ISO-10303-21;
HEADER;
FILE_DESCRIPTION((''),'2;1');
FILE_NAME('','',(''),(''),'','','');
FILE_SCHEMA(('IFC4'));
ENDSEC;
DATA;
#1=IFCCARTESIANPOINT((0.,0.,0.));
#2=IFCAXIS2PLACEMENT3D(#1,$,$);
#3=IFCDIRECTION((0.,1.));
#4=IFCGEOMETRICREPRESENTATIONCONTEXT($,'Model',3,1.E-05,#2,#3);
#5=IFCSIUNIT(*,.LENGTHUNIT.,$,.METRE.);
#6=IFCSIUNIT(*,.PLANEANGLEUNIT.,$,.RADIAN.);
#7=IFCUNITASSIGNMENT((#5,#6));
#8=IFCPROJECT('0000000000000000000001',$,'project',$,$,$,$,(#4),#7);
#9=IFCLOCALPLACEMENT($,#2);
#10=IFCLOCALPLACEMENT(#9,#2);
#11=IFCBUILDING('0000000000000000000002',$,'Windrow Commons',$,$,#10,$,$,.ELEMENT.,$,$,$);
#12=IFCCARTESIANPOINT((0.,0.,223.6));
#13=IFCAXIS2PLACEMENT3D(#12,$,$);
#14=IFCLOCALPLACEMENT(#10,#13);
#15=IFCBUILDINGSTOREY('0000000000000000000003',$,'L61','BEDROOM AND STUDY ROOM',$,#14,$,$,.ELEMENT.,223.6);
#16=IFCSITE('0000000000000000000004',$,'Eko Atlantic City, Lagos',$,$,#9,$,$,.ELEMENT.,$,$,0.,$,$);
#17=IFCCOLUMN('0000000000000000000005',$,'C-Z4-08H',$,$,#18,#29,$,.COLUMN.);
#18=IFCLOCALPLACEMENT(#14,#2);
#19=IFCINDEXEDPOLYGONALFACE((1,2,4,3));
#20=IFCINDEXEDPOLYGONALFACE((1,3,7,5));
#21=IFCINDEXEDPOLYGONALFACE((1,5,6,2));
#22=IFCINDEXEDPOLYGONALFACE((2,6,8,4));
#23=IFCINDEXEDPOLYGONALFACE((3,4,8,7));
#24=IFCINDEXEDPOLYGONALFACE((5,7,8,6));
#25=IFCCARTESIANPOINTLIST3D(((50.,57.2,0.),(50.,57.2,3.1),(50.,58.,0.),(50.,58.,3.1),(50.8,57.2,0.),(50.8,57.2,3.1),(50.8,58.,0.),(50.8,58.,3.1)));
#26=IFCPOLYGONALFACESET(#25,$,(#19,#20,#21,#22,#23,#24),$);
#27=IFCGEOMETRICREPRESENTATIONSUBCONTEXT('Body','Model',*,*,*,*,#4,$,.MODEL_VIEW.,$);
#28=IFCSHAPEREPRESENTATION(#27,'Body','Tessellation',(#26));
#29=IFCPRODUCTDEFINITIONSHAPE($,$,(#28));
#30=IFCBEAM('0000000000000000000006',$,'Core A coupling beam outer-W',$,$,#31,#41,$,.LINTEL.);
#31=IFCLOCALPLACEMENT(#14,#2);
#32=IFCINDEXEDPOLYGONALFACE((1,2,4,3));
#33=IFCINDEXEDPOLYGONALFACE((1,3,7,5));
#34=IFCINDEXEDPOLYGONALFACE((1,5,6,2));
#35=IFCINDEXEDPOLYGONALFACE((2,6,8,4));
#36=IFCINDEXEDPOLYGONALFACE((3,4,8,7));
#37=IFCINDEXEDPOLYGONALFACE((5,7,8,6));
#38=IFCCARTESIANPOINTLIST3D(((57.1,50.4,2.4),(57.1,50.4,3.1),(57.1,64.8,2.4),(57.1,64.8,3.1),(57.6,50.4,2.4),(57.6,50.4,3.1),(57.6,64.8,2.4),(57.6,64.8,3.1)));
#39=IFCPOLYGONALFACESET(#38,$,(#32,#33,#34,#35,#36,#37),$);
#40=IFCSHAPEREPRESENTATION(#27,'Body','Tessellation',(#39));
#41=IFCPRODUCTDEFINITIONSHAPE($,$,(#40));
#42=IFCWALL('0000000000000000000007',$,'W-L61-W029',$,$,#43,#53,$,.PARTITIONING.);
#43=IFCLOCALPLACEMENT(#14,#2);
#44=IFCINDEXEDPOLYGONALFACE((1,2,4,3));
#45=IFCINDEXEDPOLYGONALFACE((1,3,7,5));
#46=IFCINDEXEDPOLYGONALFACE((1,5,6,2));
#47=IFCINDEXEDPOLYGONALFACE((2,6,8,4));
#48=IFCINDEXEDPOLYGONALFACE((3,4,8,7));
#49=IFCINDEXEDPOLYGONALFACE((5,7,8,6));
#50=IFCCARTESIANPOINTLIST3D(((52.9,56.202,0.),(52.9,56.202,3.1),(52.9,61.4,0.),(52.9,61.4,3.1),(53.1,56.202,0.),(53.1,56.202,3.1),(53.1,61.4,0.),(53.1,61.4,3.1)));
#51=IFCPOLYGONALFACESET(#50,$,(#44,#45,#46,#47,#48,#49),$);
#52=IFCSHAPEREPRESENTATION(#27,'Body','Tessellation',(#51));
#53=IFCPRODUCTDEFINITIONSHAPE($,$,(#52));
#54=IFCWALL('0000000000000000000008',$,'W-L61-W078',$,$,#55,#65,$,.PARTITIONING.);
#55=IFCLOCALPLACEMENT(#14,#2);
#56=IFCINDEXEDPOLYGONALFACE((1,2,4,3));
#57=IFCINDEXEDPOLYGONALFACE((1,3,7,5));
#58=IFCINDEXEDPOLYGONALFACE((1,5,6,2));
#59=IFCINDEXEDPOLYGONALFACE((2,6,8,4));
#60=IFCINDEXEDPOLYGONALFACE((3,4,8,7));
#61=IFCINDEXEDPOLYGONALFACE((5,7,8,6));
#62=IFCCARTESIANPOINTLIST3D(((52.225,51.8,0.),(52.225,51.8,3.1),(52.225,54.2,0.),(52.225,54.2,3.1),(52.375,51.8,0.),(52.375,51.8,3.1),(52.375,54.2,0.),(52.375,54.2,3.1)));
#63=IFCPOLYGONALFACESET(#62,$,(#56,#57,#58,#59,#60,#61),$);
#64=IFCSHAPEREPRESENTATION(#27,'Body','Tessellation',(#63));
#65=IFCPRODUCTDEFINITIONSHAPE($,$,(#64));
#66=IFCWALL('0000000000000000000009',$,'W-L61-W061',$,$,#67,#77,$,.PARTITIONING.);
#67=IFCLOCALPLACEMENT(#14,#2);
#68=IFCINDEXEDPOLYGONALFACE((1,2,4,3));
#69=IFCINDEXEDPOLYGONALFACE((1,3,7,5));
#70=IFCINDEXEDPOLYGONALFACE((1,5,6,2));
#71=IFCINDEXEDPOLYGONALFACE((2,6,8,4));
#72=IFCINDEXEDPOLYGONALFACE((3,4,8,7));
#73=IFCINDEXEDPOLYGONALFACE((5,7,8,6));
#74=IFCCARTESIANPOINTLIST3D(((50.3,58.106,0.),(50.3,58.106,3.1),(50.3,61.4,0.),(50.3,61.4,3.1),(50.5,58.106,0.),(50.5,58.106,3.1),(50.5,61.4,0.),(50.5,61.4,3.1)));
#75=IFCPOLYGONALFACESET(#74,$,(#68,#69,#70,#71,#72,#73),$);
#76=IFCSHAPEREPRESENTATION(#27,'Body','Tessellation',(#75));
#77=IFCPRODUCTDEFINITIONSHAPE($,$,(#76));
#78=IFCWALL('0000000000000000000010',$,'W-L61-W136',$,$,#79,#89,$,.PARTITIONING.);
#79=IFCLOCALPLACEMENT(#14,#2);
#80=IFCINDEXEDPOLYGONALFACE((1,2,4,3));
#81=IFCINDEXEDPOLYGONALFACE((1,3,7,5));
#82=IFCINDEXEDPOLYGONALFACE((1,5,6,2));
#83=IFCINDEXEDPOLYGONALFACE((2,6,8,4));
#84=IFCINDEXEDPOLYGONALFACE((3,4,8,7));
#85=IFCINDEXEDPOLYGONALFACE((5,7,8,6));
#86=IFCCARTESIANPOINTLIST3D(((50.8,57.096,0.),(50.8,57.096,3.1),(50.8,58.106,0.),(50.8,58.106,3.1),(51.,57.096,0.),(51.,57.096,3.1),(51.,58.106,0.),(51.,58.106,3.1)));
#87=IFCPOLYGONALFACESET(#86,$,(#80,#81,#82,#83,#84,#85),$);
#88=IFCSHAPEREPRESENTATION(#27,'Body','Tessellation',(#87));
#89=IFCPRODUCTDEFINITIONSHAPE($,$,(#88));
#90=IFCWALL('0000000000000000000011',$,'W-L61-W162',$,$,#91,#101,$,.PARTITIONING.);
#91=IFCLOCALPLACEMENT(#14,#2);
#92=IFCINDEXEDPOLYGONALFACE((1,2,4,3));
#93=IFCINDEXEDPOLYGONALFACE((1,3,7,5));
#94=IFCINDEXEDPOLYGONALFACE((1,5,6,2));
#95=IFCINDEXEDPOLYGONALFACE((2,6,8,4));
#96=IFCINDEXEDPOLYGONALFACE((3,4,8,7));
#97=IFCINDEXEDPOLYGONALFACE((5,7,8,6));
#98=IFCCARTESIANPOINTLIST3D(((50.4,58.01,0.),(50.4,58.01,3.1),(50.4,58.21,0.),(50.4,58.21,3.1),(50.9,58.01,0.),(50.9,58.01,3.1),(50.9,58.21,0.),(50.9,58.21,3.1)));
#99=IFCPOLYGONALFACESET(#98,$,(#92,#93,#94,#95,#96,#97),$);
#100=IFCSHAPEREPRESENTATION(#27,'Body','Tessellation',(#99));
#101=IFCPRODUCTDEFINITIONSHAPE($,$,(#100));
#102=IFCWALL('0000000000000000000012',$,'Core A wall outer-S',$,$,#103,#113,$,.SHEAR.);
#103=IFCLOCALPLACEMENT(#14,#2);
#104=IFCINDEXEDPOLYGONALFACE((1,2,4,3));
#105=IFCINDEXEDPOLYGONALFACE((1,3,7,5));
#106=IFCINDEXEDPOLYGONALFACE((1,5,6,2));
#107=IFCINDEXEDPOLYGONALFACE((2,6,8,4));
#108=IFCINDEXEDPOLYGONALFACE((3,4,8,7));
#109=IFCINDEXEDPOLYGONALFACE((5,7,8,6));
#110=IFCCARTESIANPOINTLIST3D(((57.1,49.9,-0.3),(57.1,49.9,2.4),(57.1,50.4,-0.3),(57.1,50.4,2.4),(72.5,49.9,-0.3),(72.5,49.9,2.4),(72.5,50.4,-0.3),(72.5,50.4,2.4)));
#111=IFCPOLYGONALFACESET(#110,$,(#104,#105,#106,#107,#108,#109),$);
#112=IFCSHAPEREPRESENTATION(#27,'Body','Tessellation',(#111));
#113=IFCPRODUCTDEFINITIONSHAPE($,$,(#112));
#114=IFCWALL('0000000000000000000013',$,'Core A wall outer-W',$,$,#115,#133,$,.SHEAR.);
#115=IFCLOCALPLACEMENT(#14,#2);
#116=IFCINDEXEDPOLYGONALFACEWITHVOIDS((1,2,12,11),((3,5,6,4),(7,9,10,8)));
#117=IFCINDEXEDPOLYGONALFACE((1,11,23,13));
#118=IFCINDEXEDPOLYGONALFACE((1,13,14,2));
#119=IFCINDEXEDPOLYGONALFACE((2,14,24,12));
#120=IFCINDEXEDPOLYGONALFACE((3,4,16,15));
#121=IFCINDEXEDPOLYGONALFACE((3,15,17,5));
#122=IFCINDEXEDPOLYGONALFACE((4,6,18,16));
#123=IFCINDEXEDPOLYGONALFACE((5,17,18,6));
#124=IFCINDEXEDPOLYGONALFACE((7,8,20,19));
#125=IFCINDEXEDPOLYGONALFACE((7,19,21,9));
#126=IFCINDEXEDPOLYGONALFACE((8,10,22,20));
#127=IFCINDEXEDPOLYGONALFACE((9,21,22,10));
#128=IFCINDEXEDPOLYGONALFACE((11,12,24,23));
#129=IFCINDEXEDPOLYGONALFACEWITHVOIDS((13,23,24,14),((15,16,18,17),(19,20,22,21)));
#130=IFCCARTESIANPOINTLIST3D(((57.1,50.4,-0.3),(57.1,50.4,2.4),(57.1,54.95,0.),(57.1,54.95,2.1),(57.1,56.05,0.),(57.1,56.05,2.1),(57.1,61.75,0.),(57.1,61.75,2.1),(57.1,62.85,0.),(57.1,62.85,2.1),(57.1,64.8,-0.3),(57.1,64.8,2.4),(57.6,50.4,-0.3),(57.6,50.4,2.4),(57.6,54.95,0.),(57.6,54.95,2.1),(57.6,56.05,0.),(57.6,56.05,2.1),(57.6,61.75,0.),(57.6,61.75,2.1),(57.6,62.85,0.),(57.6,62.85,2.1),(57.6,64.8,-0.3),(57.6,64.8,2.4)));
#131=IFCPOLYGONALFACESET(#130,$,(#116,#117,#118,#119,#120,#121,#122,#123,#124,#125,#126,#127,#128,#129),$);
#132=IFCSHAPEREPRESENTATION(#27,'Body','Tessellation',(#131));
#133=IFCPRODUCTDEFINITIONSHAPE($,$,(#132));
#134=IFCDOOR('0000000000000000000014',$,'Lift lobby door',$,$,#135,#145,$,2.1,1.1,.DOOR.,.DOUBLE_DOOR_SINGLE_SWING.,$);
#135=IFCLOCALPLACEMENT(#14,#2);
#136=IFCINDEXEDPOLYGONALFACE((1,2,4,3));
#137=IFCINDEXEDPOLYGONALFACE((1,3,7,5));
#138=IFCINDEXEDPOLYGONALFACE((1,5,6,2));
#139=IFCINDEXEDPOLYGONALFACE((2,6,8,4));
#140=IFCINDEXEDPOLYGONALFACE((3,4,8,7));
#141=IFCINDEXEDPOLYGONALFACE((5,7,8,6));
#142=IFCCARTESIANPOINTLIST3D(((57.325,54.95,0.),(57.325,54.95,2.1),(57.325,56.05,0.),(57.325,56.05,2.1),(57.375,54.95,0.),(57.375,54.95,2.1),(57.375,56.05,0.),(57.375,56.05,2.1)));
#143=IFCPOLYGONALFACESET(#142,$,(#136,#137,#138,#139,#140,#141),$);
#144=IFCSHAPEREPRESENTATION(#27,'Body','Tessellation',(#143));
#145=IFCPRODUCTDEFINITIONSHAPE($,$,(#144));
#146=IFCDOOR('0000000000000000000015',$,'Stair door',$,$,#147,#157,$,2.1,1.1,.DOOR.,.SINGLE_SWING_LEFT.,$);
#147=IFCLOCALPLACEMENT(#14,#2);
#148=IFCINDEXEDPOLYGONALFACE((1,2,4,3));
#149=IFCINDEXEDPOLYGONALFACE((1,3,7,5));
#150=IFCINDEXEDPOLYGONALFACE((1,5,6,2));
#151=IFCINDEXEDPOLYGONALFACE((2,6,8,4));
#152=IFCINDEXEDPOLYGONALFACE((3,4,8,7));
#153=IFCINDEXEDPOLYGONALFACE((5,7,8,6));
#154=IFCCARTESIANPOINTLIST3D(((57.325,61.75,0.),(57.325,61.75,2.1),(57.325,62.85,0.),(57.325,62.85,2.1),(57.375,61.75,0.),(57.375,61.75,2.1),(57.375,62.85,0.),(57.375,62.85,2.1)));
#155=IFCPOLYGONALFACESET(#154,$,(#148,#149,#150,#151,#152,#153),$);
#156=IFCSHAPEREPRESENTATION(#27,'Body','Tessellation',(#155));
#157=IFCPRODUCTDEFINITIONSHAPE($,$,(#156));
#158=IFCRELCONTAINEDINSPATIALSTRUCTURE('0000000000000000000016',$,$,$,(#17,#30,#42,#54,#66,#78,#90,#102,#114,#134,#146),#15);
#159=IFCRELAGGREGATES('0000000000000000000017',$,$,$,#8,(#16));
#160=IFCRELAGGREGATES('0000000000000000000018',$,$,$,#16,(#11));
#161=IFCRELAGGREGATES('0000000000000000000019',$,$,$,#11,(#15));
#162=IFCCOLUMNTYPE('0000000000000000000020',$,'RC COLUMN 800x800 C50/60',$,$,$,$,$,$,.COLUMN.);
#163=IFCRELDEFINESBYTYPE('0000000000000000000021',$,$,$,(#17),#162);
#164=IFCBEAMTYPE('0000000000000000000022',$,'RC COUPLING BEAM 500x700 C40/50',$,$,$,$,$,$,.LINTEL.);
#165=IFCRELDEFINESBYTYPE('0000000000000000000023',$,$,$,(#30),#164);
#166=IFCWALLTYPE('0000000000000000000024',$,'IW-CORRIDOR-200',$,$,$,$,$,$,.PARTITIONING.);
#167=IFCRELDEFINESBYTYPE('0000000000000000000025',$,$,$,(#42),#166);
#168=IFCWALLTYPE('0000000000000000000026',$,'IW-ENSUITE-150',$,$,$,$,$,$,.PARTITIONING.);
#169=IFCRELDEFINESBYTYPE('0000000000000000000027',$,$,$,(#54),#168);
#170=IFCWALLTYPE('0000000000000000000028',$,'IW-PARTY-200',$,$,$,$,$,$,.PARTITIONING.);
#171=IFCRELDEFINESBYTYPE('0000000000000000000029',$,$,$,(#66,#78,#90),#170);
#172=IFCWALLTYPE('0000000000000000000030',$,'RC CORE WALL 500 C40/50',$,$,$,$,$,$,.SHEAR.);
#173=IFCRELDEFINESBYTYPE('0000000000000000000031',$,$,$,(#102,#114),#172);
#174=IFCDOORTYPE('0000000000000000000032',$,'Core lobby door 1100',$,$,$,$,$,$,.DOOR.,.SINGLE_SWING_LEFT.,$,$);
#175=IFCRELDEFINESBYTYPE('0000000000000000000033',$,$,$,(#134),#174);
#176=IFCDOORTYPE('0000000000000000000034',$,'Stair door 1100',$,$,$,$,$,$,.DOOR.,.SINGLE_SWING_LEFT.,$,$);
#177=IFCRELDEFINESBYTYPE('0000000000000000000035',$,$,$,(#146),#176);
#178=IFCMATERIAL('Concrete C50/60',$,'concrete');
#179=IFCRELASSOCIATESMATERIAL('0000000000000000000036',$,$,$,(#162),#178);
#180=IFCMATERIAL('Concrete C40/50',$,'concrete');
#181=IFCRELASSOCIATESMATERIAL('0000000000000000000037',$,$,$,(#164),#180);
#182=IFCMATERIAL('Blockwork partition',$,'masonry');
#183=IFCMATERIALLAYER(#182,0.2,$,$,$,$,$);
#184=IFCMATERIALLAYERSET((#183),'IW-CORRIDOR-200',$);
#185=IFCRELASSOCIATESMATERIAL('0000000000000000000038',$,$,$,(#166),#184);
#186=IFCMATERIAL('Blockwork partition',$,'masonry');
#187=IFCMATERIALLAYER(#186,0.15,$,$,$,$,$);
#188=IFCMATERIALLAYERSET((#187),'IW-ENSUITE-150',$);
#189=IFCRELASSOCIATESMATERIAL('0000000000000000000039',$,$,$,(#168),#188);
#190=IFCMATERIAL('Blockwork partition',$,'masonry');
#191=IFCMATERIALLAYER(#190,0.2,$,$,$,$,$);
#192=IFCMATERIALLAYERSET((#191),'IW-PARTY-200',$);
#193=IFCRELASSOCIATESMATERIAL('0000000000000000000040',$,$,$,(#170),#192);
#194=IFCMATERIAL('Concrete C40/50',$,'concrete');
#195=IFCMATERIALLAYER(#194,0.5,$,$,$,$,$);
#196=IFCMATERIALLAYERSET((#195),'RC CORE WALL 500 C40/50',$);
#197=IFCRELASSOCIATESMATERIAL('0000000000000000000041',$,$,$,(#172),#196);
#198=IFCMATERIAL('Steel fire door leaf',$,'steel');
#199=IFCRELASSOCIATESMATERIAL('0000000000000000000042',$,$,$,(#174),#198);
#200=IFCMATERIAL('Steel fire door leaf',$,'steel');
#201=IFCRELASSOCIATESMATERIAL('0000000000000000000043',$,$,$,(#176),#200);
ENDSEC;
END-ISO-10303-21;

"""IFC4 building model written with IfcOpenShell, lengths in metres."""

from ifc_helpers import new_model, si_unit, direction, frame, frame_2d, origin, origin_2d, place, context, subcontext, project, spatial, rectangle, extrude, material, layer, layer_set, material_profile, profile_set, type_object, element, fill, save


model = new_model("IFC4")

# Units and contexts
model_context = context("Model", 3, precision=1e-05, world=origin(), true_north=direction((0.0, 1.0)))
body_context = subcontext(model_context, "Body", "Model", "MODEL_VIEW")
ifc_project = project(units=[si_unit("LENGTHUNIT", "METRE"), si_unit("PLANEANGLEUNIT", "RADIAN")], contexts=[model_context])

# Site, building, storey
site_placement = place(None, origin())
site = spatial("IfcSite", under=ifc_project, at=site_placement, Name="Eko Atlantic City, Lagos", CompositionType="ELEMENT", RefElevation=0.0)
building_placement = place(site_placement, origin())
building = spatial("IfcBuilding", under=site, at=building_placement, Name="Windrow Commons", CompositionType="ELEMENT")
storey_placement = place(building_placement, frame((0.0, 0.0, 223.6)))
storey = spatial("IfcBuildingStorey", under=building, at=storey_placement, Name="L61", Description="BEDROOM AND STUDY ROOM", CompositionType="ELEMENT", Elevation=223.6)

# Column
ifc_material_1 = material(Name="Concrete C50/60", Category="concrete")
ifc_material_profile_1 = material_profile(ifc_material_1, rectangle(XDim=0.8, YDim=0.8, at=origin_2d()))
ifc_profile_set_1 = profile_set([ifc_material_profile_1], Name="Concrete C50/60")
column_type = type_object("IfcColumnType", Name="RC COLUMN 800x800 C50/60", PredefinedType="COLUMN", material=ifc_profile_set_1)
column_placement = place(storey_placement, frame((50.4, 57.6, 0.0), z_axis=(0.0, 0.0, 1.0), x_axis=(1.0, 0.0, 0.0)))
element("IfcColumn", 1, at=column_placement, inside=storey, type_object=column_type, Name="C-Z4-08H", PredefinedType="COLUMN", context=body_context, shape_type="SweptSolid", body=[
    extrude(rectangle(XDim=0.8, YDim=0.8, at=origin_2d()), origin(), (0.0, 0.0, 1.0), 3.1),
])

# Beam
ifc_material_2 = material(Name="Concrete C40/50", Category="concrete")
ifc_material_profile_2 = material_profile(ifc_material_2, rectangle(XDim=0.5, YDim=0.7, at=origin_2d()))
ifc_profile_set_2 = profile_set([ifc_material_profile_2], Name="Concrete C40/50")
beam_type = type_object("IfcBeamType", Name="RC COUPLING BEAM 500x700 C40/50", PredefinedType="LINTEL", material=ifc_profile_set_2)
beam_placement = place(storey_placement, frame((57.35, 50.4, 2.75), z_axis=(0.0, 1.0, 0.0), x_axis=(-1.0, 0.0, 0.0)))
element("IfcBeam", 2, at=beam_placement, inside=storey, type_object=beam_type, Name="Core A coupling beam outer-W", PredefinedType="LINTEL", context=body_context, shape_type="SweptSolid", body=[
    extrude(rectangle(XDim=0.5, YDim=0.7, at=origin_2d()), origin(), (0.0, 0.0, 1.0), 14.4),
])

# Walls
ifc_material_3 = material(Name="Blockwork partition", Category="masonry")
ifc_layer_1 = layer(ifc_material_3, 0.2)
ifc_layer_set_1 = layer_set([ifc_layer_1], Name="IW-CORRIDOR-200")
wall_type_1 = type_object("IfcWallType", Name="IW-CORRIDOR-200", PredefinedType="PARTITIONING", material=ifc_layer_set_1)
wall_1_placement = place(storey_placement, frame((53.0, 56.202, 0.0), z_axis=(0.0, 0.0, 1.0), x_axis=(0.0, 1.0, 0.0)))
element("IfcWall", 3, at=wall_1_placement, inside=storey, type_object=wall_type_1, Name="W-L61-W029", PredefinedType="PARTITIONING", context=body_context, shape_type="SweptSolid", body=[
    extrude(rectangle(XDim=5.198, YDim=0.2, at=frame_2d((2.599, 0.0))), origin(), (0.0, 0.0, 1.0), 3.1),
])
ifc_material_4 = material(Name="Blockwork partition", Category="masonry")
ifc_layer_2 = layer(ifc_material_4, 0.15)
ifc_layer_set_2 = layer_set([ifc_layer_2], Name="IW-ENSUITE-150")
wall_type_2 = type_object("IfcWallType", Name="IW-ENSUITE-150", PredefinedType="PARTITIONING", material=ifc_layer_set_2)
wall_2_placement = place(storey_placement, frame((52.3, 51.8, 0.0), z_axis=(0.0, 0.0, 1.0), x_axis=(0.0, 1.0, 0.0)))
element("IfcWall", 4, at=wall_2_placement, inside=storey, type_object=wall_type_2, Name="W-L61-W078", PredefinedType="PARTITIONING", context=body_context, shape_type="SweptSolid", body=[
    extrude(rectangle(XDim=2.4, YDim=0.15, at=frame_2d((1.2, 0.0))), origin(), (0.0, 0.0, 1.0), 3.1),
])
ifc_material_5 = material(Name="Blockwork partition", Category="masonry")
ifc_layer_3 = layer(ifc_material_5, 0.2)
ifc_layer_set_3 = layer_set([ifc_layer_3], Name="IW-PARTY-200")
wall_type_3 = type_object("IfcWallType", Name="IW-PARTY-200", PredefinedType="PARTITIONING", material=ifc_layer_set_3)
wall_3_placement = place(storey_placement, frame((50.4, 58.106, 0.0), z_axis=(0.0, 0.0, 1.0), x_axis=(0.0, 1.0, 0.0)))
element("IfcWall", 5, at=wall_3_placement, inside=storey, type_object=wall_type_3, Name="W-L61-W061", PredefinedType="PARTITIONING", context=body_context, shape_type="SweptSolid", body=[
    extrude(rectangle(XDim=3.294, YDim=0.2, at=frame_2d((1.647, 0.0))), origin(), (0.0, 0.0, 1.0), 3.1),
])
wall_4_placement = place(storey_placement, frame((50.9, 57.096, 0.0), z_axis=(0.0, 0.0, 1.0), x_axis=(0.0, 1.0, 0.0)))
element("IfcWall", 6, at=wall_4_placement, inside=storey, type_object=wall_type_3, Name="W-L61-W136", PredefinedType="PARTITIONING", context=body_context, shape_type="SweptSolid", body=[
    extrude(rectangle(XDim=1.01, YDim=0.2, at=frame_2d((0.505, 0.0))), origin(), (0.0, 0.0, 1.0), 3.1),
])
wall_5_placement = place(storey_placement, frame((50.4, 58.11, 0.0), z_axis=(0.0, 0.0, 1.0), x_axis=(1.0, 0.0, 0.0)))
element("IfcWall", 7, at=wall_5_placement, inside=storey, type_object=wall_type_3, Name="W-L61-W162", PredefinedType="PARTITIONING", context=body_context, shape_type="SweptSolid", body=[
    extrude(rectangle(XDim=0.5, YDim=0.2, at=frame_2d((0.25, 0.0))), origin(), (0.0, 0.0, 1.0), 3.1),
])
ifc_material_6 = material(Name="Concrete C40/50", Category="concrete")
ifc_layer_4 = layer(ifc_material_6, 0.5)
ifc_layer_set_4 = layer_set([ifc_layer_4], Name="RC CORE WALL 500 C40/50")
wall_type_4 = type_object("IfcWallType", Name="RC CORE WALL 500 C40/50", PredefinedType="SHEAR", material=ifc_layer_set_4)
wall_6_placement = place(storey_placement, frame((57.1, 50.15, -0.3), z_axis=(0.0, 0.0, 1.0), x_axis=(1.0, 0.0, 0.0)))
element("IfcWall", 8, at=wall_6_placement, inside=storey, type_object=wall_type_4, Name="Core A wall outer-S", PredefinedType="SHEAR", context=body_context, shape_type="SweptSolid", body=[
    extrude(rectangle(XDim=15.4, YDim=0.5, at=frame_2d((7.7, 0.0))), origin(), (0.0, 0.0, 1.0), 2.7),
])

# Wall, openings, doors
wall_7_placement = place(storey_placement, frame((57.35, 50.4, -0.3), z_axis=(0.0, 0.0, 1.0), x_axis=(0.0, 1.0, 0.0)))
wall_7 = element("IfcWall", 9, at=wall_7_placement, inside=storey, type_object=wall_type_4, Name="Core A wall outer-W", PredefinedType="SHEAR", context=body_context, shape_type="SweptSolid", body=[
    extrude(rectangle(XDim=14.4, YDim=0.5, at=frame_2d((7.2, 0.0))), origin(), (0.0, 0.0, 1.0), 2.7),
])
opening_1_placement = place(wall_7_placement, frame((4.55, 0.0, 0.3)))
opening_1 = element("IfcOpeningElement", 10, at=opening_1_placement, cuts=wall_7, PredefinedType="OPENING", context=body_context, shape_type="SweptSolid", body=[
    extrude(rectangle(XDim=1.1, YDim=2.1, at=frame_2d((0.55, 1.05))), frame((0.0, 0.26, 0.0), z_axis=(0.0, -1.0, 0.0), x_axis=(1.0, 0.0, 0.0)), (0.0, 0.0, 1.0), 0.52),
])
opening_2_placement = place(wall_7_placement, frame((11.35, 0.0, 0.3)))
opening_2 = element("IfcOpeningElement", 11, at=opening_2_placement, cuts=wall_7, PredefinedType="OPENING", context=body_context, shape_type="SweptSolid", body=[
    extrude(rectangle(XDim=1.1, YDim=2.1, at=frame_2d((0.55, 1.05))), frame((0.0, 0.26, 0.0), z_axis=(0.0, -1.0, 0.0), x_axis=(1.0, 0.0, 0.0)), (0.0, 0.0, 1.0), 0.52),
])
ifc_material_7 = material(Name="Steel fire door leaf", Category="steel")
door_type_1 = type_object("IfcDoorType", Name="Core lobby door 1100", OperationType="SINGLE_SWING_LEFT", PredefinedType="DOOR", material=ifc_material_7)
door_1_placement = place(opening_1_placement, origin())
door_1 = element("IfcDoor", 12, at=door_1_placement, inside=storey, type_object=door_type_1, Name="Lift lobby door", OperationType="DOUBLE_DOOR_SINGLE_SWING", OverallHeight=2.1, OverallWidth=1.1, PredefinedType="DOOR", context=body_context, shape_type="SweptSolid", body=[
    extrude(rectangle(XDim=1.1, YDim=2.1, at=frame_2d((0.55, 1.05))), frame((0.0, 0.025, 0.0), z_axis=(0.0, -1.0, 0.0), x_axis=(1.0, 0.0, 0.0)), (0.0, 0.0, 1.0), 0.05),
])
fill(opening_1, door_1)
ifc_material_8 = material(Name="Steel fire door leaf", Category="steel")
door_type_2 = type_object("IfcDoorType", Name="Stair door 1100", OperationType="SINGLE_SWING_LEFT", PredefinedType="DOOR", material=ifc_material_8)
door_2_placement = place(opening_2_placement, origin())
door_2 = element("IfcDoor", 13, at=door_2_placement, inside=storey, type_object=door_type_2, Name="Stair door", OperationType="SINGLE_SWING_LEFT", OverallHeight=2.1, OverallWidth=1.1, PredefinedType="DOOR", context=body_context, shape_type="SweptSolid", body=[
    extrude(rectangle(XDim=1.1, YDim=2.1, at=frame_2d((0.55, 1.05))), frame((0.0, 0.025, 0.0), z_axis=(0.0, -1.0, 0.0), x_axis=(1.0, 0.0, 0.0)), (0.0, 0.0, 1.0), 0.05),
])
fill(opening_2, door_2)

save(model, "model.ifc")
